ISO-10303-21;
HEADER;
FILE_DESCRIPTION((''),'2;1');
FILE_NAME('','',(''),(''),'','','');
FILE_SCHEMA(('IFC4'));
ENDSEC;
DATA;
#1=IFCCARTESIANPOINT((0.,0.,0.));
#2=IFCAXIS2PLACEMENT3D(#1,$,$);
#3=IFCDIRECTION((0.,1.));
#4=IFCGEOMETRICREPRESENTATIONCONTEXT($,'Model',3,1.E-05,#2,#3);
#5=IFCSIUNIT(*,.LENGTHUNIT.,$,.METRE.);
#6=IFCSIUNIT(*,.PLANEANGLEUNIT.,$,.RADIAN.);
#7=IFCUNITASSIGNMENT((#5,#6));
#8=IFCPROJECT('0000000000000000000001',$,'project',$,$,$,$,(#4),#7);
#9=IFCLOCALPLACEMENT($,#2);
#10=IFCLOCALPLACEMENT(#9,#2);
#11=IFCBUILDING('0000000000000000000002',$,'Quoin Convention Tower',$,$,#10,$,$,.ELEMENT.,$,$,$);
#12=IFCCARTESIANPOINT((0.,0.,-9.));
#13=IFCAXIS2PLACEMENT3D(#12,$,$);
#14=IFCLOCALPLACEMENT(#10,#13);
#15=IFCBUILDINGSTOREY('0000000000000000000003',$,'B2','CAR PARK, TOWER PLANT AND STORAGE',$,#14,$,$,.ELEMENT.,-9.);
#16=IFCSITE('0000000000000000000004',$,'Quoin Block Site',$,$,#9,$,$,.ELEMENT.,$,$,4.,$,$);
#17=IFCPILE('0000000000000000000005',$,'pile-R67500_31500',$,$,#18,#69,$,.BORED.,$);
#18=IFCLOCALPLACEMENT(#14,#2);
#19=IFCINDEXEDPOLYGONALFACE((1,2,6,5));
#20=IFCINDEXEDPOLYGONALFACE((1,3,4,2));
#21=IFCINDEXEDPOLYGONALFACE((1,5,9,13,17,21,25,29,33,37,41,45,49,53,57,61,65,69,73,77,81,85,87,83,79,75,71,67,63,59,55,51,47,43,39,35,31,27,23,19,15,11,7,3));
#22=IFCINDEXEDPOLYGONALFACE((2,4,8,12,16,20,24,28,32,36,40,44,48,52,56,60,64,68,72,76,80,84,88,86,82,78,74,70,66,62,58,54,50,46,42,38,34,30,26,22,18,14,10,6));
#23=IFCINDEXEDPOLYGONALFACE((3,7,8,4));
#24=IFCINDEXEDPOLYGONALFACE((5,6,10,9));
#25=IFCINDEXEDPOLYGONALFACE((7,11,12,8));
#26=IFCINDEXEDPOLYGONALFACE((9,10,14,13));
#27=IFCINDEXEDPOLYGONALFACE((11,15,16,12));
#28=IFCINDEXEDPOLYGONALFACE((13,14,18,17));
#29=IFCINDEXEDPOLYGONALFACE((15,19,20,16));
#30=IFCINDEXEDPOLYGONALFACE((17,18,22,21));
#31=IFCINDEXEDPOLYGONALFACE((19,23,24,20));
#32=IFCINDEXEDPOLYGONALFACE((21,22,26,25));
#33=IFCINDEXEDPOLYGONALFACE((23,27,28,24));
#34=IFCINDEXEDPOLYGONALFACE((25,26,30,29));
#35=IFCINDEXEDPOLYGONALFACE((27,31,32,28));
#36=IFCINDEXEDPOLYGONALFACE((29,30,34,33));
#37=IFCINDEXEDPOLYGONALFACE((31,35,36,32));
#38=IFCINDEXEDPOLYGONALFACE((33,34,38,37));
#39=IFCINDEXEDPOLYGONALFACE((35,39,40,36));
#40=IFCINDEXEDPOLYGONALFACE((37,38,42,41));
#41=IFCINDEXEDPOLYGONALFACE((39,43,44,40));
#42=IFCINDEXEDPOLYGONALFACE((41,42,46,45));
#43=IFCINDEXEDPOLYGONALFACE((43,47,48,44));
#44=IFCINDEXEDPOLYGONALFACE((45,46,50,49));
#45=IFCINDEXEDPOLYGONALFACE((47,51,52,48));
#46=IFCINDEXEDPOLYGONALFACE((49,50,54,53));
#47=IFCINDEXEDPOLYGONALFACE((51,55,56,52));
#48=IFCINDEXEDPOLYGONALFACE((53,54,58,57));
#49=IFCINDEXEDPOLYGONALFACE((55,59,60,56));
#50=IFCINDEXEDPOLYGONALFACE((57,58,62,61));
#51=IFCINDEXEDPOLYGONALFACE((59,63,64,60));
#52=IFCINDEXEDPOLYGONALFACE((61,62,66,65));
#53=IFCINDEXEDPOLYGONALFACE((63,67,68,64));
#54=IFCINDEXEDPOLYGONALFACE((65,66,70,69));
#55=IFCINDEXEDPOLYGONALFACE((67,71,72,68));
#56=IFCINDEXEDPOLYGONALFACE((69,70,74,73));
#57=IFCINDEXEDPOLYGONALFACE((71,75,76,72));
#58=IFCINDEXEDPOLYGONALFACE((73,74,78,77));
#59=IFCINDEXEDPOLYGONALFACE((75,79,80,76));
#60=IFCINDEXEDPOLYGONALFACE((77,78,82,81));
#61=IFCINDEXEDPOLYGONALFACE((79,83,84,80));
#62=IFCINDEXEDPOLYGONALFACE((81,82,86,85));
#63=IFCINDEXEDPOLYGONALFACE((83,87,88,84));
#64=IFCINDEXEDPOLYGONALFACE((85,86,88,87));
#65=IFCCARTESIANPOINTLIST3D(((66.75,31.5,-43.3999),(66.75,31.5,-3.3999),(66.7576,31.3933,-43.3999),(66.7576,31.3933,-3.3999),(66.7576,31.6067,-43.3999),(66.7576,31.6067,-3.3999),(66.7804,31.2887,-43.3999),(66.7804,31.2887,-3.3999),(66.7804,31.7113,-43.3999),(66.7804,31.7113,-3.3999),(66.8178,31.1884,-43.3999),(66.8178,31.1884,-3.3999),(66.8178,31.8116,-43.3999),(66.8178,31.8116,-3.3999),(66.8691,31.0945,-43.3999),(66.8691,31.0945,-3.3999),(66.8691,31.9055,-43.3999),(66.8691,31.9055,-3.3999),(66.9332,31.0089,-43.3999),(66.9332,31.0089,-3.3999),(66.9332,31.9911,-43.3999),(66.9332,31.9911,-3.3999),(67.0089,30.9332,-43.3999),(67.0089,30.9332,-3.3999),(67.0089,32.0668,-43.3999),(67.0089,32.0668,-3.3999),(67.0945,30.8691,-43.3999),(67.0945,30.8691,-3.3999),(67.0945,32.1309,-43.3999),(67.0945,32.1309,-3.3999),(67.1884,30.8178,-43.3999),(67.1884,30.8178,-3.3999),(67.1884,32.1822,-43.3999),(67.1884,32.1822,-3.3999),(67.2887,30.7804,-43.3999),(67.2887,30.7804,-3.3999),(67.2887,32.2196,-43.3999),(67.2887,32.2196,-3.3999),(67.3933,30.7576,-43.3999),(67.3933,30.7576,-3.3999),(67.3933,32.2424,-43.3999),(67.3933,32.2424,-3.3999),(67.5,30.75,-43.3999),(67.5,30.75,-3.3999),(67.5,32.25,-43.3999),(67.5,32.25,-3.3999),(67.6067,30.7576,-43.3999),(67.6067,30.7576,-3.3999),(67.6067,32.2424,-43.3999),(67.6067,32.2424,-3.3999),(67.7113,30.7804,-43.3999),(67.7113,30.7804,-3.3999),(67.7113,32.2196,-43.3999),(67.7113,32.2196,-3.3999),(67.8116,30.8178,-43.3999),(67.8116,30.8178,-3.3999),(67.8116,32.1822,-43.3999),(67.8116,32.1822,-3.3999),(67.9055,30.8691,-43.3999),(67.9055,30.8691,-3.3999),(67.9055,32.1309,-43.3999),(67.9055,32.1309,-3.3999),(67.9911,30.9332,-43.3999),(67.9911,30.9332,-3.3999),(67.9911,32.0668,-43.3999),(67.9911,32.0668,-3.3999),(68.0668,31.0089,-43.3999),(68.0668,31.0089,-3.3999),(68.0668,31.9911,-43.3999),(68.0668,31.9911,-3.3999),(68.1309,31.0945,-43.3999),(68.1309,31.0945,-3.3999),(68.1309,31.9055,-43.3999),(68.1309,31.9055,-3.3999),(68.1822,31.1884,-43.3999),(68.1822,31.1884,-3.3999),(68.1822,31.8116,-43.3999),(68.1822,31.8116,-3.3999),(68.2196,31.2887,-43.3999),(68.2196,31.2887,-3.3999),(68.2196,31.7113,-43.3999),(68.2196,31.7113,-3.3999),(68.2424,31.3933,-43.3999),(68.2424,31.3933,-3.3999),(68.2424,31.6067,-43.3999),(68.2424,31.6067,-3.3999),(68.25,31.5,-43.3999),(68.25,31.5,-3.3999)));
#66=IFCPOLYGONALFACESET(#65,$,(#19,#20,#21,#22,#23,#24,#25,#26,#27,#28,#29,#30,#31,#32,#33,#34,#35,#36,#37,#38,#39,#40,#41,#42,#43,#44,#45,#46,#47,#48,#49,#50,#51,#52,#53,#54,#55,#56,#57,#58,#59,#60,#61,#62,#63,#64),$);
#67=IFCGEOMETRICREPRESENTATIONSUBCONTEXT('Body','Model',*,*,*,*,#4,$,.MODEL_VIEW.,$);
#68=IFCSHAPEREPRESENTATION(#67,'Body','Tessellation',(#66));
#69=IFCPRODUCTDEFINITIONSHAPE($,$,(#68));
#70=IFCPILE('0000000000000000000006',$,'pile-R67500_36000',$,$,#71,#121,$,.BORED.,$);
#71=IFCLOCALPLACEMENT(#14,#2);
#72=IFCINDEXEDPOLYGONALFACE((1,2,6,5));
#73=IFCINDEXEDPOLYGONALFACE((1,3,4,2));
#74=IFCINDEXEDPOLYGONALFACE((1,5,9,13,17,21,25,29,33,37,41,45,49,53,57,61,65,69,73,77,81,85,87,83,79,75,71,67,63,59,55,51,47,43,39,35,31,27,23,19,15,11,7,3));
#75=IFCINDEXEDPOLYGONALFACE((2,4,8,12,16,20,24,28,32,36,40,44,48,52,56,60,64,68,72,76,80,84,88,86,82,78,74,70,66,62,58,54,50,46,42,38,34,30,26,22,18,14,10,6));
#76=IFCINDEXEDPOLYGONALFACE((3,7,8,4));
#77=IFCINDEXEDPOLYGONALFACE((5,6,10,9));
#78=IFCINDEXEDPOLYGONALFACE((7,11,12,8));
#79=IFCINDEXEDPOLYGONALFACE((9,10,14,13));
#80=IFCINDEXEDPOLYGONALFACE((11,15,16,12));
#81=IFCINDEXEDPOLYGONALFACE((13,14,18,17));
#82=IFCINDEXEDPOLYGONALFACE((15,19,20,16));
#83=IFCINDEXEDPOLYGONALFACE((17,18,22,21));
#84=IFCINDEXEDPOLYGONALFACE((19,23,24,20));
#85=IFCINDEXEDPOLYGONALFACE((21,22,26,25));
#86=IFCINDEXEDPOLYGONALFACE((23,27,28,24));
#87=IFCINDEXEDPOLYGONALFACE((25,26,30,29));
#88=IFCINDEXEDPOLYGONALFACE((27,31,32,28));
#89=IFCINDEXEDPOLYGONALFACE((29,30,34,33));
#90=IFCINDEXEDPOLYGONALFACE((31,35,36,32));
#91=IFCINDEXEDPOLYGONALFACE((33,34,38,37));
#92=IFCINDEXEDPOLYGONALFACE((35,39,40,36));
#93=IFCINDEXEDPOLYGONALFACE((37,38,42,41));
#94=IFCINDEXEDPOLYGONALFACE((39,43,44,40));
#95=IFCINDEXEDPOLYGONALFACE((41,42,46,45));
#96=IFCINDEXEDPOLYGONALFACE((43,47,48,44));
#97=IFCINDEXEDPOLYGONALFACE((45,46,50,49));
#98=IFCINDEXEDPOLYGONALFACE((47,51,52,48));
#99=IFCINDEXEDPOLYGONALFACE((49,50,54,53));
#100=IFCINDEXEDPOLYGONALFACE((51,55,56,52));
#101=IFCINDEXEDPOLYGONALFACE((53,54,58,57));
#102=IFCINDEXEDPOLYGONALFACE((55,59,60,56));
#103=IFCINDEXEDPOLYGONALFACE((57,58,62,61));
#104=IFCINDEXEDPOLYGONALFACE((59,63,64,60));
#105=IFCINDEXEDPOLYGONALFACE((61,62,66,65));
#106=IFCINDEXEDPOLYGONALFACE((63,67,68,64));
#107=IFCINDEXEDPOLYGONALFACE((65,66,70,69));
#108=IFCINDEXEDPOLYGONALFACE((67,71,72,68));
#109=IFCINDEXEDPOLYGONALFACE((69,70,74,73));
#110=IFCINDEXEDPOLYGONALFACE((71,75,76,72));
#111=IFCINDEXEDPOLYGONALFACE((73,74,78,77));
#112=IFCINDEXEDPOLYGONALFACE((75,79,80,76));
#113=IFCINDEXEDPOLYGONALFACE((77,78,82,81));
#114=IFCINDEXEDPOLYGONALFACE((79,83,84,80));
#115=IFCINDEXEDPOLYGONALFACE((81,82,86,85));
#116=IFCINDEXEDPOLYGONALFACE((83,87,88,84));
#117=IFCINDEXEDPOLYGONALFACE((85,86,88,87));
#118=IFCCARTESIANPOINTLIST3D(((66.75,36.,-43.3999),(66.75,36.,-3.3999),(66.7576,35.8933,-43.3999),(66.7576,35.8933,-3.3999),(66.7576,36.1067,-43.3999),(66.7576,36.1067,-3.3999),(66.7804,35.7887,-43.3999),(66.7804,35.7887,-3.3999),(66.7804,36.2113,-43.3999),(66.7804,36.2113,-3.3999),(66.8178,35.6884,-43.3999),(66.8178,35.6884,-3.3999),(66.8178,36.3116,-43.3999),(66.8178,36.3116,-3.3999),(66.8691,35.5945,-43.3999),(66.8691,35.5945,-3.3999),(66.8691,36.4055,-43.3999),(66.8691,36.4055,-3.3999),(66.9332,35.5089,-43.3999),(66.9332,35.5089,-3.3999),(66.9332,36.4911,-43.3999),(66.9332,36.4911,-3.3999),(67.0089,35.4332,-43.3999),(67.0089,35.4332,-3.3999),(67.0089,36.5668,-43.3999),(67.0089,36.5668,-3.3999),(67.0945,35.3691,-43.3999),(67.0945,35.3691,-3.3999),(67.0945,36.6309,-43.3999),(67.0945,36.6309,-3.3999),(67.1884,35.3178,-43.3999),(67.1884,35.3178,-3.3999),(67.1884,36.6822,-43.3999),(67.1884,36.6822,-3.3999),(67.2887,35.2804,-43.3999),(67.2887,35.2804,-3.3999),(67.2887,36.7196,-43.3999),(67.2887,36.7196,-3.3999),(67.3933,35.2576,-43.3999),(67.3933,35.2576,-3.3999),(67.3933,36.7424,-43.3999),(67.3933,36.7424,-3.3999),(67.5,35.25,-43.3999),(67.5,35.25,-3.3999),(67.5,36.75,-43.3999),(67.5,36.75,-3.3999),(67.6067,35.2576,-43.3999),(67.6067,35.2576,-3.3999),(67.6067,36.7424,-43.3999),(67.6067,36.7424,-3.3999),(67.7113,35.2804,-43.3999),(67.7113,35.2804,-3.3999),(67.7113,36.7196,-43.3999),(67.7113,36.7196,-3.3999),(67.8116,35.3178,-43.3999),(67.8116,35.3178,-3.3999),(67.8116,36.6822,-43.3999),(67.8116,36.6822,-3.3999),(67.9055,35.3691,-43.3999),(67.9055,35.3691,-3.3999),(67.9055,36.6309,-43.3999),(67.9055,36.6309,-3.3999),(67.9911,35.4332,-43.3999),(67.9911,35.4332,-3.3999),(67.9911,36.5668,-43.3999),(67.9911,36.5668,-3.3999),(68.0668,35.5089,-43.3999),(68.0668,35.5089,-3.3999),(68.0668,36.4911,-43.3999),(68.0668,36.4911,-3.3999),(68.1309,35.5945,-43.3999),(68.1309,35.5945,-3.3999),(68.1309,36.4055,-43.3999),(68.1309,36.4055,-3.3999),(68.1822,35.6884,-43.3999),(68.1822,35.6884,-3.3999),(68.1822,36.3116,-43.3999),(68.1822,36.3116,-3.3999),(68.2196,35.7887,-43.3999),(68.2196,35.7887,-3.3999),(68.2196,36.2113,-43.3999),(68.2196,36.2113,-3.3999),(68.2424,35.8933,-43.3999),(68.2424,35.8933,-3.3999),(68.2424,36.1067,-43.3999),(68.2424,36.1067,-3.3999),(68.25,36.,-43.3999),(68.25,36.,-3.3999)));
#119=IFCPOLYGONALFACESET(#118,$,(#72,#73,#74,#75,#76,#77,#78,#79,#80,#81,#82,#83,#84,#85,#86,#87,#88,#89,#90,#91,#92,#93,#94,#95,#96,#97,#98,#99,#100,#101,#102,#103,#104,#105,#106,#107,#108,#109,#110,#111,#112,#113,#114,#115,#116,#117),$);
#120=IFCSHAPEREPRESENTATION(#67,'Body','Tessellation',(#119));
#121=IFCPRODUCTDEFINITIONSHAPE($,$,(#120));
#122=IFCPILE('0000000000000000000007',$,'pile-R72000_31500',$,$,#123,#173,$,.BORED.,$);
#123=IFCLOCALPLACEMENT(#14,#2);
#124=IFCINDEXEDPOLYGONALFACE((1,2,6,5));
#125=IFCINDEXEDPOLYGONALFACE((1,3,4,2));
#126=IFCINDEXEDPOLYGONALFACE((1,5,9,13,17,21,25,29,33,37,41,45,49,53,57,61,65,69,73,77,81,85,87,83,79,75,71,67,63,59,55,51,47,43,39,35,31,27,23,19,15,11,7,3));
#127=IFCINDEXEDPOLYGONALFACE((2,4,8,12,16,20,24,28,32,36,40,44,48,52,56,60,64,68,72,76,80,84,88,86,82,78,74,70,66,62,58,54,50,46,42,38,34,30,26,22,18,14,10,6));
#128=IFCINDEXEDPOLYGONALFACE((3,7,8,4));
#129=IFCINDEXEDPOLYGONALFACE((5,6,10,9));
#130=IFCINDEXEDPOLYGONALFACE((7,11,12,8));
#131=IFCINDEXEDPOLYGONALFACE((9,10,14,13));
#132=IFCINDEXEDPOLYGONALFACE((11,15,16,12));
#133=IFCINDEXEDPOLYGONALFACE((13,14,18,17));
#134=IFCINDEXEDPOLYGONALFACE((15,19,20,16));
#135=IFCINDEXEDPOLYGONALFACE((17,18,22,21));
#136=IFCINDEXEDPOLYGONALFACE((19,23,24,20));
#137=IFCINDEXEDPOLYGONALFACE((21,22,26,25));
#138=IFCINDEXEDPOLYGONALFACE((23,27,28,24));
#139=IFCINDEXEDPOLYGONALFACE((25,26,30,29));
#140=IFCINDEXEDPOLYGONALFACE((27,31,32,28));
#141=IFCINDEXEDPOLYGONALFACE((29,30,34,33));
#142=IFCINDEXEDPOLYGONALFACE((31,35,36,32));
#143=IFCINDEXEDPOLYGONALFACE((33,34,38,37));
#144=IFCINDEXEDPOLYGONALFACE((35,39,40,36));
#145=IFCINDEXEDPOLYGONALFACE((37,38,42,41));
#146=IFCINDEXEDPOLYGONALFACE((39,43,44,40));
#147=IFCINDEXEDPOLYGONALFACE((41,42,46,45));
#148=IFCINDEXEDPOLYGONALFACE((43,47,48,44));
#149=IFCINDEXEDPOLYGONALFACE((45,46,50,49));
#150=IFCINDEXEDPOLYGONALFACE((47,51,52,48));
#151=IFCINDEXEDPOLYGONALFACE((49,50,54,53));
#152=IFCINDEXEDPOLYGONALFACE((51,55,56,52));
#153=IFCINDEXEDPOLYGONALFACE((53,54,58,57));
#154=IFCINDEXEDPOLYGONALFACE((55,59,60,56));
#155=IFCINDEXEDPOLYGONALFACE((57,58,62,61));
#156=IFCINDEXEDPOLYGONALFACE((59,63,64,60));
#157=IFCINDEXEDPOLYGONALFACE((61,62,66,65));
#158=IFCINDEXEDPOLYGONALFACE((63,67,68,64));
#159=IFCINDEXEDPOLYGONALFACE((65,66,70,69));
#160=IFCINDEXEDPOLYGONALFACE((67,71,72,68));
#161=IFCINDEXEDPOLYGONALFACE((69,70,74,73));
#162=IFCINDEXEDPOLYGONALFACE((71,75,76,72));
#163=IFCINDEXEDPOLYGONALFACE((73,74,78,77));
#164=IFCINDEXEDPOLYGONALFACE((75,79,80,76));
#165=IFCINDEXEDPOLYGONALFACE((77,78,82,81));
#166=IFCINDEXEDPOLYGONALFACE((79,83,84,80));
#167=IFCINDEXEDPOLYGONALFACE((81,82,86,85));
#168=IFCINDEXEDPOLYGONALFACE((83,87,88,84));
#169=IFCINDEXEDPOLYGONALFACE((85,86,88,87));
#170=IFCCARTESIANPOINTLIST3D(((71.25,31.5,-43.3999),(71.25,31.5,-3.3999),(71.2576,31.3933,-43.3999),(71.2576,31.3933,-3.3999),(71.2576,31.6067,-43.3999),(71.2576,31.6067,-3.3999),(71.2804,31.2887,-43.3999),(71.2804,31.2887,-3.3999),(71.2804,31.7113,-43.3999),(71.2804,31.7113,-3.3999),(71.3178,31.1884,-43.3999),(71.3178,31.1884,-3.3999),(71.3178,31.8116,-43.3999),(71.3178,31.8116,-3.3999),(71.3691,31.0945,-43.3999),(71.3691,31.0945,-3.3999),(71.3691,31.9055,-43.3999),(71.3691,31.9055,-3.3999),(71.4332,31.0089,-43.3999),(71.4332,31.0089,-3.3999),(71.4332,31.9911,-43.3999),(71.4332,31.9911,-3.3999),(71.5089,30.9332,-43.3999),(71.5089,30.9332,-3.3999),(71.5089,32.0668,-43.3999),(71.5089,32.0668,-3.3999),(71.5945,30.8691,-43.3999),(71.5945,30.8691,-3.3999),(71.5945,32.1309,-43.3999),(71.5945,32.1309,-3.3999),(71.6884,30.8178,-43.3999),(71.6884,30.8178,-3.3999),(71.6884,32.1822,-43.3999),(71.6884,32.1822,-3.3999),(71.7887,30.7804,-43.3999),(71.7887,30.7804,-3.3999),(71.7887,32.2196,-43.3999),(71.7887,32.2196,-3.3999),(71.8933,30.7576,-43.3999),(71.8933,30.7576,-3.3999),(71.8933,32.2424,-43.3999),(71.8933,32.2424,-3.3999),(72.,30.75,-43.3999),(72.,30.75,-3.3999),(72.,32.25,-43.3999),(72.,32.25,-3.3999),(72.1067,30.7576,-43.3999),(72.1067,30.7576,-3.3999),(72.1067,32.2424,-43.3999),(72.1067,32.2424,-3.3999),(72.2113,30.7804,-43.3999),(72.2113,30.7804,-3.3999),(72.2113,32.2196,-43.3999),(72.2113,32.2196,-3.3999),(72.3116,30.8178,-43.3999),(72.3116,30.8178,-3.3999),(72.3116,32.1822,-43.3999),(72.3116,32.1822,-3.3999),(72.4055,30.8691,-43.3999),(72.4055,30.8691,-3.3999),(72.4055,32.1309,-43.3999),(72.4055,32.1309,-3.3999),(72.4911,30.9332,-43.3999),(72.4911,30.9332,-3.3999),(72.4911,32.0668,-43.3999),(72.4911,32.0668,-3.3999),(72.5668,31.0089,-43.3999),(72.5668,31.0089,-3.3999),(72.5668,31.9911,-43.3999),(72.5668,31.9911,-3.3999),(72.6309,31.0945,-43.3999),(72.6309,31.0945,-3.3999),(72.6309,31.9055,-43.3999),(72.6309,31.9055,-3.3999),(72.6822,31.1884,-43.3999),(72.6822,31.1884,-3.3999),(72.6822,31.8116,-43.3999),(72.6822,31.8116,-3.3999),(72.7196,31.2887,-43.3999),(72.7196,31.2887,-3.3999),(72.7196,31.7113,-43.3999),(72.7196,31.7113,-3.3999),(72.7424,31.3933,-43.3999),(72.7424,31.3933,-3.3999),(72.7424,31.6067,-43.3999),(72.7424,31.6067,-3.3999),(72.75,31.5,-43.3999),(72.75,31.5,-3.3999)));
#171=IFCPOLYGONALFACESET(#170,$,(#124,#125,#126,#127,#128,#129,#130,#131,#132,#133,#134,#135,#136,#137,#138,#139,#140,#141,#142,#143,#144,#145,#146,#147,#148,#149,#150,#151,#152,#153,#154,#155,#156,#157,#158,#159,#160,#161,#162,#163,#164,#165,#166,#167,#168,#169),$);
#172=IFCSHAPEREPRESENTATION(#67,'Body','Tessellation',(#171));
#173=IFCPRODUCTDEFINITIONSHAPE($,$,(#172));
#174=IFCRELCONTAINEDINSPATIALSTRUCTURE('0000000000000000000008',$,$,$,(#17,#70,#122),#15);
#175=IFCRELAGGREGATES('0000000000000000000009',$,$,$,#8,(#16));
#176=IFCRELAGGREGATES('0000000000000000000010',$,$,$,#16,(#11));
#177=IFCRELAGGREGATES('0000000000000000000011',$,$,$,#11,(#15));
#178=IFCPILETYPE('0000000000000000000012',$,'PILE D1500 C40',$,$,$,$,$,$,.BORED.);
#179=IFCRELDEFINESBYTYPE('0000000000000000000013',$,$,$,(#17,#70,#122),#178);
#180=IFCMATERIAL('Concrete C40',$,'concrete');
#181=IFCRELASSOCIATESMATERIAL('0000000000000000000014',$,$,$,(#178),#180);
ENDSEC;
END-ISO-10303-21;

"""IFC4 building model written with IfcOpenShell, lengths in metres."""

from ifc_helpers import new_model, si_unit, direction, frame, origin, origin_2d, place, context, subcontext, project, spatial, circle, extrude, material, material_profile, profile_set, type_object, element, save


model = new_model("IFC4")

# Units and contexts
model_context = context("Model", 3, precision=1e-05, world=origin(), true_north=direction((0.0, 1.0)))
body_context = subcontext(model_context, "Body", "Model", "MODEL_VIEW")
ifc_project = project(units=[si_unit("LENGTHUNIT", "METRE"), si_unit("PLANEANGLEUNIT", "RADIAN")], contexts=[model_context])

# Site, building, storey
site_placement = place(None, origin())
site = spatial("IfcSite", under=ifc_project, at=site_placement, Name="Quoin Block Site", CompositionType="ELEMENT", RefElevation=4.0)
building_placement = place(site_placement, origin())
building = spatial("IfcBuilding", under=site, at=building_placement, Name="Quoin Convention Tower", CompositionType="ELEMENT")
storey_placement = place(building_placement, frame((0.0, 0.0, -9.0)))
storey = spatial("IfcBuildingStorey", under=building, at=storey_placement, Name="B2", Description="CAR PARK, TOWER PLANT AND STORAGE", CompositionType="ELEMENT", Elevation=-9.0)

# Piles
ifc_material_1 = material(Name="Concrete C40", Category="concrete")
ifc_material_profile = material_profile(ifc_material_1, circle(Radius=0.75, at=origin_2d()), Name="D1500")
ifc_profile_set = profile_set([ifc_material_profile], Name="Concrete C40")
pile_type = type_object("IfcPileType", Name="PILE D1500 C40", PredefinedType="BORED", material=ifc_profile_set)
for number, where, z_axis, x_axis, name in (
    (1, (67.5, 31.5, -3.3999), (0.0, 0.0, -1.0), (1.0, 0.0, 0.0), "pile-R67500_31500"),
    (2, (67.5, 36.0, -3.3999), (0.0, 0.0, -1.0), (1.0, 0.0, 0.0), "pile-R67500_36000"),
    (3, (72.0, 31.5, -3.3999), (0.0, 0.0, -1.0), (1.0, 0.0, 0.0), "pile-R72000_31500"),
):
    element("IfcPile", number, at=place(storey_placement, frame(where, z_axis=z_axis, x_axis=x_axis)), inside=storey, type_object=pile_type, Name=name, PredefinedType="BORED", context=body_context, shape_type="SweptSolid", body=[
        extrude(circle(Radius=0.75, at=origin_2d()), origin(), (0.0, 0.0, 1.0), 40.0),
    ])

save(model, "model.ifc")
